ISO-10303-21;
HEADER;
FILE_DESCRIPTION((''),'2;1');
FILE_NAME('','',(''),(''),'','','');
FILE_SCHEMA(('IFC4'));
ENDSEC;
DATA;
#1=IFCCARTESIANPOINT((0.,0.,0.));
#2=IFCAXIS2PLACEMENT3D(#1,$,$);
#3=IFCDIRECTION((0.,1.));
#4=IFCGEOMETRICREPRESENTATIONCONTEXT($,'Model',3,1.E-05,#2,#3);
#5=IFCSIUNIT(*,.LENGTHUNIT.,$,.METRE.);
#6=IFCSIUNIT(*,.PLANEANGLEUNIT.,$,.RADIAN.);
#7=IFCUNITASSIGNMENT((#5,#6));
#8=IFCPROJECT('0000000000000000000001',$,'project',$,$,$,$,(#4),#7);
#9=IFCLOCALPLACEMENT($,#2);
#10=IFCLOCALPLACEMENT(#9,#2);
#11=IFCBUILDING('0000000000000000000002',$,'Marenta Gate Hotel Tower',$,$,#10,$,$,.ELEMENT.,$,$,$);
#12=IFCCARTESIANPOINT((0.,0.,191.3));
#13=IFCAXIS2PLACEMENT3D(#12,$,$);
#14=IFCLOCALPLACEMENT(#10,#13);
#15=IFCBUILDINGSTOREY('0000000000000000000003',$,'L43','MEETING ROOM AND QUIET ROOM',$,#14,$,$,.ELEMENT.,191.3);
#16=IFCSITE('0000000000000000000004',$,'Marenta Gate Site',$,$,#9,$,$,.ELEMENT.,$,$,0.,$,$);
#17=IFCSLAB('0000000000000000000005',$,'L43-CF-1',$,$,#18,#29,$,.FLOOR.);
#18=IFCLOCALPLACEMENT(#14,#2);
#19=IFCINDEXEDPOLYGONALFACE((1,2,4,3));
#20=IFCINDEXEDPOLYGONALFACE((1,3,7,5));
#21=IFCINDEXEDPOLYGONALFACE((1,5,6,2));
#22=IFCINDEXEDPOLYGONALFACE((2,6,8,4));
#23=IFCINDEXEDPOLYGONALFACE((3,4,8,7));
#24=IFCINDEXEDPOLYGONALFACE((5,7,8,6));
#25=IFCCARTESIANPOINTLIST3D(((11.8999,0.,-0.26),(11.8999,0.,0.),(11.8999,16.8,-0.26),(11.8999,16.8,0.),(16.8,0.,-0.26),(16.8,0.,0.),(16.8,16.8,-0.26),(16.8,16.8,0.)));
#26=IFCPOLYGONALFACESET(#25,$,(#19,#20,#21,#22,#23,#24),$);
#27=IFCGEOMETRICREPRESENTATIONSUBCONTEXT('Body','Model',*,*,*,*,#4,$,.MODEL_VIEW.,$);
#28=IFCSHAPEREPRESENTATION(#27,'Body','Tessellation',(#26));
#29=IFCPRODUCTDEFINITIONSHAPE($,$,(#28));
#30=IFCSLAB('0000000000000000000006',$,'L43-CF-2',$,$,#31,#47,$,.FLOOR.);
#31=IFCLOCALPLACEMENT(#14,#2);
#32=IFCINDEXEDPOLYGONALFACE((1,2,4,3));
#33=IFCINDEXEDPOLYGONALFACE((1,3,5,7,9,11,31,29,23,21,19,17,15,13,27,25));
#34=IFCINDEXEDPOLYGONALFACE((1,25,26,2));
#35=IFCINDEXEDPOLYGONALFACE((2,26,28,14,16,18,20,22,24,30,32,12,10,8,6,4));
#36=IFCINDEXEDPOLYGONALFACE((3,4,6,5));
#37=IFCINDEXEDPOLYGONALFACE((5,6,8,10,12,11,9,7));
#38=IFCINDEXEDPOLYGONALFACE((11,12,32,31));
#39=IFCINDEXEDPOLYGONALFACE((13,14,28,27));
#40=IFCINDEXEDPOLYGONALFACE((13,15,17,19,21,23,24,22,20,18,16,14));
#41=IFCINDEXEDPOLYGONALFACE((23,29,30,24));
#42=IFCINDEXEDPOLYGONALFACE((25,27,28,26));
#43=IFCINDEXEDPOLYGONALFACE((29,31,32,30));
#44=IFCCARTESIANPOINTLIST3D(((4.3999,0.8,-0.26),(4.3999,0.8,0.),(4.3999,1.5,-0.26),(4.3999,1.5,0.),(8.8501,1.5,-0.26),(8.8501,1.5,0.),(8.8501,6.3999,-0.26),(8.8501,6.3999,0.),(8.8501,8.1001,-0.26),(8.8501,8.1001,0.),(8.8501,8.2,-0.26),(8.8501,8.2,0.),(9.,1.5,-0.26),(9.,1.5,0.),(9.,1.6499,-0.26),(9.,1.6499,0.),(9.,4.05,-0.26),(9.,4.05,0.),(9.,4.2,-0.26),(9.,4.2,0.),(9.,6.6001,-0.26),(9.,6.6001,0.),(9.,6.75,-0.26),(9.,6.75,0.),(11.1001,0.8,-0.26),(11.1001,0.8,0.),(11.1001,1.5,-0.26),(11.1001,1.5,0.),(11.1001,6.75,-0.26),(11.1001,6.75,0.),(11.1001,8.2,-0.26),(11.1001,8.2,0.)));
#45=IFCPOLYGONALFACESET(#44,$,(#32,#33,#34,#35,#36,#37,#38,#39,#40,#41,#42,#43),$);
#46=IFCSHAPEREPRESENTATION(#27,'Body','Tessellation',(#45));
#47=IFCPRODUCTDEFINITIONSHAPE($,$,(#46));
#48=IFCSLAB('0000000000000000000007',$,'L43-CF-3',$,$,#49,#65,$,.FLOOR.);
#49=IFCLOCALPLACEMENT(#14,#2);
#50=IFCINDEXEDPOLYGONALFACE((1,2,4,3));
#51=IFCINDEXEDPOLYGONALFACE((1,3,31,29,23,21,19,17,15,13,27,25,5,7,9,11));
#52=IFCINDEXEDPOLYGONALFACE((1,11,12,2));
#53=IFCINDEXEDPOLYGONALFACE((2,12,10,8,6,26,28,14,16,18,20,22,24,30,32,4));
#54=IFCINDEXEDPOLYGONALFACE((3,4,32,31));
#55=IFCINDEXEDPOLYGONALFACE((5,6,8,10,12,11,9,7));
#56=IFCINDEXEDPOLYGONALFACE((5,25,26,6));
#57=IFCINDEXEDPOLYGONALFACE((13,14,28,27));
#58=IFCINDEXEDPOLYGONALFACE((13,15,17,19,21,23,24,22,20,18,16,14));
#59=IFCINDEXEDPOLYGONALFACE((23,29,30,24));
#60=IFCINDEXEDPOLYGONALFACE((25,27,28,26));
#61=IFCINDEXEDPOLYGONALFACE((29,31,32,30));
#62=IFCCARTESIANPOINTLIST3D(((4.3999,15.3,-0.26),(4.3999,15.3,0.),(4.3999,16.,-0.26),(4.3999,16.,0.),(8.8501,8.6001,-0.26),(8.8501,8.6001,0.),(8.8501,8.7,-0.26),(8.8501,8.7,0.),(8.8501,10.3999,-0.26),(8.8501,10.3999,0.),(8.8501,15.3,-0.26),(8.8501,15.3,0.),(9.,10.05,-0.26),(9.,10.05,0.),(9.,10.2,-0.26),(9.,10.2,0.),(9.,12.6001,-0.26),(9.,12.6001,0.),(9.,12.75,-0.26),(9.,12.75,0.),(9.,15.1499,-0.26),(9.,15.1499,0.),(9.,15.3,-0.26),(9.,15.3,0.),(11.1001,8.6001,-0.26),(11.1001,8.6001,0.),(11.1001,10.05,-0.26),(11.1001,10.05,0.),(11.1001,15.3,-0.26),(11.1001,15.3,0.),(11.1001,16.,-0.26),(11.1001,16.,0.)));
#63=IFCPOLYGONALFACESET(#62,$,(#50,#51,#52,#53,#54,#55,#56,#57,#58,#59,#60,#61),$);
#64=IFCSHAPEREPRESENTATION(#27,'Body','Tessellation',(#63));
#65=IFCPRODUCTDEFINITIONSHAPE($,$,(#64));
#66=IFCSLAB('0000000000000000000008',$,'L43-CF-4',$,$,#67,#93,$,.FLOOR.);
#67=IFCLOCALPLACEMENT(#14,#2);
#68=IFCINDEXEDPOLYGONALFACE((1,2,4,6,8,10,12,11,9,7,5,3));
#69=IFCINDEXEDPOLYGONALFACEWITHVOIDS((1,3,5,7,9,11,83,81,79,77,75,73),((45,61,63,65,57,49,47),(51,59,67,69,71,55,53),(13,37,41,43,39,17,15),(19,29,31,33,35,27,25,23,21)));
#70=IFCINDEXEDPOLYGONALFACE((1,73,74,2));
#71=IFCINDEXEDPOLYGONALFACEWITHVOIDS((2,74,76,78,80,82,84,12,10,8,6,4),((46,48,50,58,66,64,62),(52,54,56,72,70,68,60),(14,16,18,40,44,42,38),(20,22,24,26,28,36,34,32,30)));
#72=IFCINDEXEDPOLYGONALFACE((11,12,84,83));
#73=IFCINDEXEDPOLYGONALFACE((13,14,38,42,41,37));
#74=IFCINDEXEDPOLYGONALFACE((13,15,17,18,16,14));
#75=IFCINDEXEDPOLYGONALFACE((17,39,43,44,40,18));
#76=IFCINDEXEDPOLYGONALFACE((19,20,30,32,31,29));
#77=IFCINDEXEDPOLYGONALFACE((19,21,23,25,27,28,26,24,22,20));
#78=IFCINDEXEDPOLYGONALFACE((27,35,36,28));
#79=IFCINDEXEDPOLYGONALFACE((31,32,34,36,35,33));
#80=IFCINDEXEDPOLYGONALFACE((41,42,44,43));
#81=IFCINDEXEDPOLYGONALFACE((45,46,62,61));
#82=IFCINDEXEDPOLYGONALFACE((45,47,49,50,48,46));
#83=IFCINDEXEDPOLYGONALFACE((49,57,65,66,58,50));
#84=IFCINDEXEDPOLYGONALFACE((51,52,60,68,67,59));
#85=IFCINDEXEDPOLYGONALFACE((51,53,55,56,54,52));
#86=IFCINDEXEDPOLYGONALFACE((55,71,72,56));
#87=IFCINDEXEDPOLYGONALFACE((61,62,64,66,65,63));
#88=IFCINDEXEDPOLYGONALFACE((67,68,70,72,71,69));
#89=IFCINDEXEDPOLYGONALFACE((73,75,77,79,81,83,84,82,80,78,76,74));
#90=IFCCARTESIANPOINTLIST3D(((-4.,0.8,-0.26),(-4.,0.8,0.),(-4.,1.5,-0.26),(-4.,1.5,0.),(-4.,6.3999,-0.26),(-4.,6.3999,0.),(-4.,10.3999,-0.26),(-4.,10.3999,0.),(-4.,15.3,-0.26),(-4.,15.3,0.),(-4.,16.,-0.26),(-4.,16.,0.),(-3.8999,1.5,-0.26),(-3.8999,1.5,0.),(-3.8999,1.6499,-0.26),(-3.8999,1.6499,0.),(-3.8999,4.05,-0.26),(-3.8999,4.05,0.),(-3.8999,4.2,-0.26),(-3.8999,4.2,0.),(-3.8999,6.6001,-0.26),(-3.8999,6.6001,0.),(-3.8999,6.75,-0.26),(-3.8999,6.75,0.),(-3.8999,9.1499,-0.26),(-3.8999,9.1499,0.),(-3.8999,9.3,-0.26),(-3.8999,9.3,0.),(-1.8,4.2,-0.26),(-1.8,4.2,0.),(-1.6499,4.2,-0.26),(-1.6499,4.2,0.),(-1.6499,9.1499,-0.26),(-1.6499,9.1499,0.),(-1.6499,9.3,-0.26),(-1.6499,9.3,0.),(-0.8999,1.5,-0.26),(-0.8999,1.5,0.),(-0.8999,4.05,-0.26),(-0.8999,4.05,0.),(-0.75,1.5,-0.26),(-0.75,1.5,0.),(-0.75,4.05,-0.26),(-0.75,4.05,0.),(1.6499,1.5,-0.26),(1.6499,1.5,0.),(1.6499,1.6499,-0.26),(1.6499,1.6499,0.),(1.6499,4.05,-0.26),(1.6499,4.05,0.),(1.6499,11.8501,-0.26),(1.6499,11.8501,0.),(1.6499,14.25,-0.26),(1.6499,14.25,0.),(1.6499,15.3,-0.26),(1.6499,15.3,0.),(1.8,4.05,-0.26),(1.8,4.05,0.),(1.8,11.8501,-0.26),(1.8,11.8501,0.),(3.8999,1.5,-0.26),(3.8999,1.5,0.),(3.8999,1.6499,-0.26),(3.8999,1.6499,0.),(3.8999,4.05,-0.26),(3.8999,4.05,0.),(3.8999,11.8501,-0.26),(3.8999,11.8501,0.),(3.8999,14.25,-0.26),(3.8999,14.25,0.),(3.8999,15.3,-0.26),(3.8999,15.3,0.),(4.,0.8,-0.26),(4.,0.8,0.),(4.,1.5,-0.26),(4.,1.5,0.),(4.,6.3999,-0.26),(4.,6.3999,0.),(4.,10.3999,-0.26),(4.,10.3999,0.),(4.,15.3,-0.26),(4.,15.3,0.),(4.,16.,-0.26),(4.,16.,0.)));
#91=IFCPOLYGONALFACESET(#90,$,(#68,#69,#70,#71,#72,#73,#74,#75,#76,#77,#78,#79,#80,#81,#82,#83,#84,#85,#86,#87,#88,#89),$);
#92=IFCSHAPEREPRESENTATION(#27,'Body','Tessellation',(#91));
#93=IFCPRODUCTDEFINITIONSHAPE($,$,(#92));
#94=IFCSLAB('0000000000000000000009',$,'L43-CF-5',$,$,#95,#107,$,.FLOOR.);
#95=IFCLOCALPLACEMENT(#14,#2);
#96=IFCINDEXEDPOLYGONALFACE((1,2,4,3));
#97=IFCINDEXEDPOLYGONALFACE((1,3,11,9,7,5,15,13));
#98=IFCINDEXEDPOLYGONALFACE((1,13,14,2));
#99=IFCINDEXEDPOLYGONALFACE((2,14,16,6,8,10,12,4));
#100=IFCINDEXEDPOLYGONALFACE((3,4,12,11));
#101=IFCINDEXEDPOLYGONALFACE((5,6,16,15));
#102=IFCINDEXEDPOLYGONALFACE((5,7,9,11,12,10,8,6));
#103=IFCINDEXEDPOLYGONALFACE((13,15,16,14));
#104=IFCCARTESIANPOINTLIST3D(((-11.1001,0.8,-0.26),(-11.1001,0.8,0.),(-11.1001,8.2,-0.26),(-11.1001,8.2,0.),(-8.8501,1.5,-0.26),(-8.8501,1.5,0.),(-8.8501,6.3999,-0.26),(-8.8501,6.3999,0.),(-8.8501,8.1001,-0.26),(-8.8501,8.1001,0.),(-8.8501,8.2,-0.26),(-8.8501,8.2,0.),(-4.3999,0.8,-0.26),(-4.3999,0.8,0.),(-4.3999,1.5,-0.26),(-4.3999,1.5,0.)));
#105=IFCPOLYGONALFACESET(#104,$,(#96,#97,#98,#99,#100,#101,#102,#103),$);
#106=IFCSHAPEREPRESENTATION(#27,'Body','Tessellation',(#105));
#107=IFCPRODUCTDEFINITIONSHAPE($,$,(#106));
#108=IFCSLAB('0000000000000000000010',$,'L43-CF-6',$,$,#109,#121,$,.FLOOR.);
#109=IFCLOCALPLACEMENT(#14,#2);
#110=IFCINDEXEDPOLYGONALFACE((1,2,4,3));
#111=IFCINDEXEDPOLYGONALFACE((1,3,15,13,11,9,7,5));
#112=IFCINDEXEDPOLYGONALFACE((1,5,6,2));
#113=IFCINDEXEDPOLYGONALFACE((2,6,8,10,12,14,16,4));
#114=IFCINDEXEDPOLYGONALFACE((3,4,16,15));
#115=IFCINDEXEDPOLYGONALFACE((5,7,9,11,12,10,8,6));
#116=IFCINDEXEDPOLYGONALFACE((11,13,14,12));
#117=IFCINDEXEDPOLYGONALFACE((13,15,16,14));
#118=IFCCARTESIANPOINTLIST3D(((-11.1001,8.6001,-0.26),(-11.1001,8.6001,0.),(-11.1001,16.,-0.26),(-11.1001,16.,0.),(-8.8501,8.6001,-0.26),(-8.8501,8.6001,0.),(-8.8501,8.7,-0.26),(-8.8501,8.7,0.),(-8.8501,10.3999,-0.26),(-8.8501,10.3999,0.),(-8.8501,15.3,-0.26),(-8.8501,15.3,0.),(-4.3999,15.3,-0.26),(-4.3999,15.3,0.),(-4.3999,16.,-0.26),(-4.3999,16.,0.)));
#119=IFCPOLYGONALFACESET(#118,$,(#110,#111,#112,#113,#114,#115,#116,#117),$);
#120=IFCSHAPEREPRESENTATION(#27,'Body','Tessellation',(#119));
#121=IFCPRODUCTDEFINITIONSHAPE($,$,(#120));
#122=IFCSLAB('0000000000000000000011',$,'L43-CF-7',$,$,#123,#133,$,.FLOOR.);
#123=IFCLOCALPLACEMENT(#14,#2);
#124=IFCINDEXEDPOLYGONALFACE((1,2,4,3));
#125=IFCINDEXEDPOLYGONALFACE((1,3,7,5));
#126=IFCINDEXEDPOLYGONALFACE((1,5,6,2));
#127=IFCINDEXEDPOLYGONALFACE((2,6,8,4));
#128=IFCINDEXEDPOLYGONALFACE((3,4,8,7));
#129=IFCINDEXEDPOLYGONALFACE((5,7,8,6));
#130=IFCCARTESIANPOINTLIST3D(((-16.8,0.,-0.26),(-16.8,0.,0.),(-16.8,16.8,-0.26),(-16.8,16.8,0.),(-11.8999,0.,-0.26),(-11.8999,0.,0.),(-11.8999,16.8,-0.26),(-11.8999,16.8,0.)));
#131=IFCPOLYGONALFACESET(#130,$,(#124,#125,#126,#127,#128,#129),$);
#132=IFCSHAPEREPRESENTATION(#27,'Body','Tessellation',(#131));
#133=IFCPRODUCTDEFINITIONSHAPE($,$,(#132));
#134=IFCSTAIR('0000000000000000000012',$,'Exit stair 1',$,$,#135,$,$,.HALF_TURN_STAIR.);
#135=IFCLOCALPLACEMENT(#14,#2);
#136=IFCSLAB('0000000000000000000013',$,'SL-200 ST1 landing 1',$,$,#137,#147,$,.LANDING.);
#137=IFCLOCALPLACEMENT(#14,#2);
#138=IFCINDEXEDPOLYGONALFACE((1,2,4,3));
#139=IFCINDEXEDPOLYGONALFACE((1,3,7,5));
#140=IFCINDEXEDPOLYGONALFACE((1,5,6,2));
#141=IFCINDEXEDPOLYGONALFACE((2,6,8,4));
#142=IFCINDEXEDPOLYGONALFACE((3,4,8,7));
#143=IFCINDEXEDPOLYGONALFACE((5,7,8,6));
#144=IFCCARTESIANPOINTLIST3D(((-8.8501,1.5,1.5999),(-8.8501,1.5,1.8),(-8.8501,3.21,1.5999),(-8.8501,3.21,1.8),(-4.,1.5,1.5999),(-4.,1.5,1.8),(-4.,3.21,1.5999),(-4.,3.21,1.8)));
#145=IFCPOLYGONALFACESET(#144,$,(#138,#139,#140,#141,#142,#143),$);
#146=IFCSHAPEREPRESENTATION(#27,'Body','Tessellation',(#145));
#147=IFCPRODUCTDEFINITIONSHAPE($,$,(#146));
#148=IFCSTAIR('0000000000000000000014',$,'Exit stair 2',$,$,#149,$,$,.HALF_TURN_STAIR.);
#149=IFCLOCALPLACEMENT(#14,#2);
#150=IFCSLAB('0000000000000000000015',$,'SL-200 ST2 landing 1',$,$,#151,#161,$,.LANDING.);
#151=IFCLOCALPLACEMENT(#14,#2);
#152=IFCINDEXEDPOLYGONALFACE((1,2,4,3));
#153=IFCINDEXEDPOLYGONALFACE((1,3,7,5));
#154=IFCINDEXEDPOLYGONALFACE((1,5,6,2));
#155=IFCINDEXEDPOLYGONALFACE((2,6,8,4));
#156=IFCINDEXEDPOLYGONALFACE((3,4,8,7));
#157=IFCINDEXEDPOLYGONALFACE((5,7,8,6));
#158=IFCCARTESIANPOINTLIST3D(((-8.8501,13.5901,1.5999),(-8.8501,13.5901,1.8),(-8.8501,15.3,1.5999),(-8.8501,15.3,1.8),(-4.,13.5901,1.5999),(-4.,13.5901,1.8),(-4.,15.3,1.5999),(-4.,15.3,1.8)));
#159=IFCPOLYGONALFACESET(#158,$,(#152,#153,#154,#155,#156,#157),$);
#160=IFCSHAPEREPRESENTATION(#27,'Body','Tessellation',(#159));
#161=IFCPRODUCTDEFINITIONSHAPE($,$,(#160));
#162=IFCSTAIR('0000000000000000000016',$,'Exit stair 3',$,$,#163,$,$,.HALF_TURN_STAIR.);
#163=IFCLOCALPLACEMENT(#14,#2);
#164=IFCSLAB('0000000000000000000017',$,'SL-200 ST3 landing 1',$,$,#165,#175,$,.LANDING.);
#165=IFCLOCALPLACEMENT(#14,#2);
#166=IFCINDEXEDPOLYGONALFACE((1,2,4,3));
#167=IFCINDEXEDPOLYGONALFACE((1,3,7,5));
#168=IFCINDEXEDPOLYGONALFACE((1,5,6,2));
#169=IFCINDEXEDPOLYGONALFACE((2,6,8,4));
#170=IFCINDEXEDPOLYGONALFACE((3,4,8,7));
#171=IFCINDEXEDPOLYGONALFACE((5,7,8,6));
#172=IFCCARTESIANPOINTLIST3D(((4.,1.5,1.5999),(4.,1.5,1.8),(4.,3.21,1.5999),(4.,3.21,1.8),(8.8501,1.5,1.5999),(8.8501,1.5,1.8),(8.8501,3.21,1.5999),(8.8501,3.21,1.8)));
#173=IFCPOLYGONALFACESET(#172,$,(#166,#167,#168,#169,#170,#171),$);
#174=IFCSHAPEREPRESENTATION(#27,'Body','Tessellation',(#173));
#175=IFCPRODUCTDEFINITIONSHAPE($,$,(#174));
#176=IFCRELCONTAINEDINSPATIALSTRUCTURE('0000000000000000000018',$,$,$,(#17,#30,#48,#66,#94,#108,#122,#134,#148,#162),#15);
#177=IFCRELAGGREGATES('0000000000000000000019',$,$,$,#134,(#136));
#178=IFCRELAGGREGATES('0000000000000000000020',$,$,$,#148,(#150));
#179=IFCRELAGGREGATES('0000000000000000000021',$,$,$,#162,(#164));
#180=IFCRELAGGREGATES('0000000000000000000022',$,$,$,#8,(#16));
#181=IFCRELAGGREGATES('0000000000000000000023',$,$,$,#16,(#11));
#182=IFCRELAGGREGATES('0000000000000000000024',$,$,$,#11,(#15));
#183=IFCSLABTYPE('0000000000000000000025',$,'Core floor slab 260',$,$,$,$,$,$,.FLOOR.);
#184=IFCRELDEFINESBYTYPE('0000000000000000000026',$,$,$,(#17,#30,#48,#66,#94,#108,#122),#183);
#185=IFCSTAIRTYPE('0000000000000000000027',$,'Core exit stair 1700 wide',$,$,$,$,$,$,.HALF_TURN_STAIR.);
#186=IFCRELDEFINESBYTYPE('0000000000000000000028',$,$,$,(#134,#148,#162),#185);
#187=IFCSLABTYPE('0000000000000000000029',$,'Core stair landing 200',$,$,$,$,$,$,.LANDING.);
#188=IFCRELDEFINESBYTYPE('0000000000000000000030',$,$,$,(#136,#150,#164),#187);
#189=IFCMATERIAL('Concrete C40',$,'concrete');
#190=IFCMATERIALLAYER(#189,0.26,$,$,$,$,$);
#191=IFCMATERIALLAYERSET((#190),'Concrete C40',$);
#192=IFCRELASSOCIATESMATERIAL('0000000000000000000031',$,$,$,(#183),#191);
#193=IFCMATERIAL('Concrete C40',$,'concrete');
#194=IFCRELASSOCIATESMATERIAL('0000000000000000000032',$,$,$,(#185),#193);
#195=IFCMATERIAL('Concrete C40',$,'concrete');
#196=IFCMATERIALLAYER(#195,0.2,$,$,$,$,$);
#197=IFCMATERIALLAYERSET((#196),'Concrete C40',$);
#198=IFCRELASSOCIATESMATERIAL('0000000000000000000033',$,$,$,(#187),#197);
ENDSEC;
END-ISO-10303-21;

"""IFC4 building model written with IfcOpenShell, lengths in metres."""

from ifc_helpers import new_model, si_unit, direction, frame, origin, place, context, subcontext, project, spatial, polyline, outline, extrude, material, layer, layer_set, type_object, element, aggregate, save


model = new_model("IFC4")

# Units and contexts
model_context = context("Model", 3, precision=1e-05, world=origin(), true_north=direction((0.0, 1.0)))
body_context = subcontext(model_context, "Body", "Model", "MODEL_VIEW")
ifc_project = project(units=[si_unit("LENGTHUNIT", "METRE"), si_unit("PLANEANGLEUNIT", "RADIAN")], contexts=[model_context])

# Site, building, storey
site_placement = place(None, origin())
site = spatial("IfcSite", under=ifc_project, at=site_placement, Name="Marenta Gate Site", CompositionType="ELEMENT", RefElevation=0.0)
building_placement = place(site_placement, origin())
building = spatial("IfcBuilding", under=site, at=building_placement, Name="Marenta Gate Hotel Tower", CompositionType="ELEMENT")
storey_placement = place(building_placement, frame((0.0, 0.0, 191.3)))
storey = spatial("IfcBuildingStorey", under=building, at=storey_placement, Name="L43", Description="MEETING ROOM AND QUIET ROOM", CompositionType="ELEMENT", Elevation=191.3)

# Slabs
ifc_material_1 = material(Name="Concrete C40", Category="concrete")
ifc_layer_1 = layer(ifc_material_1, 0.26)
ifc_layer_set_1 = layer_set([ifc_layer_1], Name="Concrete C40")
slab_type_1 = type_object("IfcSlabType", Name="Core floor slab 260", PredefinedType="FLOOR", material=ifc_layer_set_1)
slab_1_placement = place(storey_placement, frame((0.0, 0.0, -0.26)))
element("IfcSlab", 1, at=slab_1_placement, inside=storey, type_object=slab_type_1, Name="L43-CF-1", PredefinedType="FLOOR", context=body_context, shape_type="SweptSolid", body=[
    extrude(outline(polyline([(11.8999, 0.0), (11.8999, 16.8), (16.8, 16.8), (16.8, 0.0), (11.8999, 0.0)])), origin(), (0.0, 0.0, 1.0), 0.26),
])
slab_2_placement = place(storey_placement, frame((0.0, 0.0, -0.26)))
element("IfcSlab", 2, at=slab_2_placement, inside=storey, type_object=slab_type_1, Name="L43-CF-2", PredefinedType="FLOOR", context=body_context, shape_type="SweptSolid", body=[
    extrude(outline(polyline([(8.8501, 1.5), (8.8501, 6.3999), (8.8501, 8.1001), (8.8501, 8.2), (11.1001, 8.2), (11.1001, 6.75), (9.0, 6.75), (9.0, 6.6001), (9.0, 4.2), (9.0, 4.05), (9.0, 1.6499), (9.0, 1.5), (11.1001, 1.5), (11.1001, 0.8), (4.3999, 0.8), (4.3999, 1.5), (8.8501, 1.5)])), origin(), (0.0, 0.0, 1.0), 0.26),
])
slab_3_placement = place(storey_placement, frame((0.0, 0.0, -0.26)))
element("IfcSlab", 3, at=slab_3_placement, inside=storey, type_object=slab_type_1, Name="L43-CF-3", PredefinedType="FLOOR", context=body_context, shape_type="SweptSolid", body=[
    extrude(outline(polyline([(8.8501, 15.3), (4.3999, 15.3), (4.3999, 16.0), (11.1001, 16.0), (11.1001, 15.3), (9.0, 15.3), (9.0, 15.1499), (9.0, 12.75), (9.0, 12.6001), (9.0, 10.2), (9.0, 10.05), (11.1001, 10.05), (11.1001, 8.6001), (8.8501, 8.6001), (8.8501, 8.7), (8.8501, 10.3999), (8.8501, 15.3)])), origin(), (0.0, 0.0, 1.0), 0.26),
])
slab_4_placement = place(storey_placement, frame((0.0, 0.0, -0.26)))
element("IfcSlab", 4, at=slab_4_placement, inside=storey, type_object=slab_type_1, Name="L43-CF-4", PredefinedType="FLOOR", context=body_context, shape_type="SweptSolid", body=[
    extrude(outline(polyline([(4.0, 15.3), (4.0, 10.3999), (4.0, 6.3999), (4.0, 1.5), (4.0, 0.8), (-4.0, 0.8), (-4.0, 1.5), (-4.0, 6.3999), (-4.0, 10.3999), (-4.0, 15.3), (-4.0, 16.0), (4.0, 16.0), (4.0, 15.3)]), holes=[polyline([(1.6499, 14.25), (1.6499, 11.8501), (1.8, 11.8501), (3.8999, 11.8501), (3.8999, 14.25), (3.8999, 15.3), (1.6499, 15.3), (1.6499, 14.25)]), polyline([(3.8999, 1.6499), (3.8999, 4.05), (1.8, 4.05), (1.6499, 4.05), (1.6499, 1.6499), (1.6499, 1.5), (3.8999, 1.5), (3.8999, 1.6499)]), polyline([(-3.8999, 1.6499), (-3.8999, 1.5), (-0.8999, 1.5), (-0.75, 1.5), (-0.75, 4.05), (-0.8999, 4.05), (-3.8999, 4.05), (-3.8999, 1.6499)]), polyline([(-1.8, 4.2), (-1.6499, 4.2), (-1.6499, 9.1499), (-1.6499, 9.3), (-3.8999, 9.3), (-3.8999, 9.1499), (-3.8999, 6.75), (-3.8999, 6.6001), (-3.8999, 4.2), (-1.8, 4.2)])]), origin(), (0.0, 0.0, 1.0), 0.26),
])
slab_5_placement = place(storey_placement, frame((0.0, 0.0, -0.26)))
element("IfcSlab", 5, at=slab_5_placement, inside=storey, type_object=slab_type_1, Name="L43-CF-5", PredefinedType="FLOOR", context=body_context, shape_type="SweptSolid", body=[
    extrude(outline(polyline([(-8.8501, 8.2), (-8.8501, 8.1001), (-8.8501, 6.3999), (-8.8501, 1.5), (-4.3999, 1.5), (-4.3999, 0.8), (-11.1001, 0.8), (-11.1001, 8.2), (-8.8501, 8.2)])), origin(), (0.0, 0.0, 1.0), 0.26),
])
slab_6_placement = place(storey_placement, frame((0.0, 0.0, -0.26)))
element("IfcSlab", 6, at=slab_6_placement, inside=storey, type_object=slab_type_1, Name="L43-CF-6", PredefinedType="FLOOR", context=body_context, shape_type="SweptSolid", body=[
    extrude(outline(polyline([(-4.3999, 15.3), (-8.8501, 15.3), (-8.8501, 10.3999), (-8.8501, 8.7), (-8.8501, 8.6001), (-11.1001, 8.6001), (-11.1001, 16.0), (-4.3999, 16.0), (-4.3999, 15.3)])), origin(), (0.0, 0.0, 1.0), 0.26),
])
slab_7_placement = place(storey_placement, frame((0.0, 0.0, -0.26)))
element("IfcSlab", 7, at=slab_7_placement, inside=storey, type_object=slab_type_1, Name="L43-CF-7", PredefinedType="FLOOR", context=body_context, shape_type="SweptSolid", body=[
    extrude(outline(polyline([(-11.8999, 16.8), (-11.8999, 0.0), (-16.8, 0.0), (-16.8, 16.8), (-11.8999, 16.8)])), origin(), (0.0, 0.0, 1.0), 0.26),
])

# Stairs, slabs
ifc_material_2 = material(Name="Concrete C40", Category="concrete")
stair_type_1 = type_object("IfcStairType", Name="Core exit stair 1700 wide", PredefinedType="HALF_TURN_STAIR", material=ifc_material_2)
stair_1_placement = place(storey_placement, origin())
stair_1 = element("IfcStair", 8, at=stair_1_placement, inside=storey, type_object=stair_type_1, Name="Exit stair 1", PredefinedType="HALF_TURN_STAIR")
ifc_material_3 = material(Name="Concrete C40", Category="concrete")
ifc_layer_2 = layer(ifc_material_3, 0.2)
ifc_layer_set_2 = layer_set([ifc_layer_2], Name="Concrete C40")
slab_type_2 = type_object("IfcSlabType", Name="Core stair landing 200", PredefinedType="LANDING", material=ifc_layer_set_2)
slab_8_placement = place(storey_placement, frame((0.0, 0.0, 1.5999)))
slab_8 = element("IfcSlab", 9, at=slab_8_placement, type_object=slab_type_2, Name="SL-200 ST1 landing 1", PredefinedType="LANDING", context=body_context, shape_type="SweptSolid", body=[
    extrude(outline(polyline([(-8.8501, 1.5), (-4.0, 1.5), (-4.0, 3.21), (-8.8501, 3.21), (-8.8501, 1.5)])), origin(), (0.0, 0.0, 1.0), 0.2002),
])
aggregate(stair_1, [slab_8])
stair_2_placement = place(storey_placement, origin())
stair_2 = element("IfcStair", 10, at=stair_2_placement, inside=storey, type_object=stair_type_1, Name="Exit stair 2", PredefinedType="HALF_TURN_STAIR")
slab_9_placement = place(storey_placement, frame((0.0, 0.0, 1.5999)))
slab_9 = element("IfcSlab", 11, at=slab_9_placement, type_object=slab_type_2, Name="SL-200 ST2 landing 1", PredefinedType="LANDING", context=body_context, shape_type="SweptSolid", body=[
    extrude(outline(polyline([(-8.8501, 13.5901), (-4.0, 13.5901), (-4.0, 15.3), (-8.8501, 15.3), (-8.8501, 13.5901)])), origin(), (0.0, 0.0, 1.0), 0.2002),
])
aggregate(stair_2, [slab_9])
stair_3_placement = place(storey_placement, origin())
stair_3 = element("IfcStair", 12, at=stair_3_placement, inside=storey, type_object=stair_type_1, Name="Exit stair 3", PredefinedType="HALF_TURN_STAIR")
slab_10_placement = place(storey_placement, frame((0.0, 0.0, 1.5999)))
slab_10 = element("IfcSlab", 13, at=slab_10_placement, type_object=slab_type_2, Name="SL-200 ST3 landing 1", PredefinedType="LANDING", context=body_context, shape_type="SweptSolid", body=[
    extrude(outline(polyline([(4.0, 1.5), (8.8501, 1.5), (8.8501, 3.21), (4.0, 3.21), (4.0, 1.5)])), origin(), (0.0, 0.0, 1.0), 0.2002),
])
aggregate(stair_3, [slab_10])

save(model, "model.ifc")
